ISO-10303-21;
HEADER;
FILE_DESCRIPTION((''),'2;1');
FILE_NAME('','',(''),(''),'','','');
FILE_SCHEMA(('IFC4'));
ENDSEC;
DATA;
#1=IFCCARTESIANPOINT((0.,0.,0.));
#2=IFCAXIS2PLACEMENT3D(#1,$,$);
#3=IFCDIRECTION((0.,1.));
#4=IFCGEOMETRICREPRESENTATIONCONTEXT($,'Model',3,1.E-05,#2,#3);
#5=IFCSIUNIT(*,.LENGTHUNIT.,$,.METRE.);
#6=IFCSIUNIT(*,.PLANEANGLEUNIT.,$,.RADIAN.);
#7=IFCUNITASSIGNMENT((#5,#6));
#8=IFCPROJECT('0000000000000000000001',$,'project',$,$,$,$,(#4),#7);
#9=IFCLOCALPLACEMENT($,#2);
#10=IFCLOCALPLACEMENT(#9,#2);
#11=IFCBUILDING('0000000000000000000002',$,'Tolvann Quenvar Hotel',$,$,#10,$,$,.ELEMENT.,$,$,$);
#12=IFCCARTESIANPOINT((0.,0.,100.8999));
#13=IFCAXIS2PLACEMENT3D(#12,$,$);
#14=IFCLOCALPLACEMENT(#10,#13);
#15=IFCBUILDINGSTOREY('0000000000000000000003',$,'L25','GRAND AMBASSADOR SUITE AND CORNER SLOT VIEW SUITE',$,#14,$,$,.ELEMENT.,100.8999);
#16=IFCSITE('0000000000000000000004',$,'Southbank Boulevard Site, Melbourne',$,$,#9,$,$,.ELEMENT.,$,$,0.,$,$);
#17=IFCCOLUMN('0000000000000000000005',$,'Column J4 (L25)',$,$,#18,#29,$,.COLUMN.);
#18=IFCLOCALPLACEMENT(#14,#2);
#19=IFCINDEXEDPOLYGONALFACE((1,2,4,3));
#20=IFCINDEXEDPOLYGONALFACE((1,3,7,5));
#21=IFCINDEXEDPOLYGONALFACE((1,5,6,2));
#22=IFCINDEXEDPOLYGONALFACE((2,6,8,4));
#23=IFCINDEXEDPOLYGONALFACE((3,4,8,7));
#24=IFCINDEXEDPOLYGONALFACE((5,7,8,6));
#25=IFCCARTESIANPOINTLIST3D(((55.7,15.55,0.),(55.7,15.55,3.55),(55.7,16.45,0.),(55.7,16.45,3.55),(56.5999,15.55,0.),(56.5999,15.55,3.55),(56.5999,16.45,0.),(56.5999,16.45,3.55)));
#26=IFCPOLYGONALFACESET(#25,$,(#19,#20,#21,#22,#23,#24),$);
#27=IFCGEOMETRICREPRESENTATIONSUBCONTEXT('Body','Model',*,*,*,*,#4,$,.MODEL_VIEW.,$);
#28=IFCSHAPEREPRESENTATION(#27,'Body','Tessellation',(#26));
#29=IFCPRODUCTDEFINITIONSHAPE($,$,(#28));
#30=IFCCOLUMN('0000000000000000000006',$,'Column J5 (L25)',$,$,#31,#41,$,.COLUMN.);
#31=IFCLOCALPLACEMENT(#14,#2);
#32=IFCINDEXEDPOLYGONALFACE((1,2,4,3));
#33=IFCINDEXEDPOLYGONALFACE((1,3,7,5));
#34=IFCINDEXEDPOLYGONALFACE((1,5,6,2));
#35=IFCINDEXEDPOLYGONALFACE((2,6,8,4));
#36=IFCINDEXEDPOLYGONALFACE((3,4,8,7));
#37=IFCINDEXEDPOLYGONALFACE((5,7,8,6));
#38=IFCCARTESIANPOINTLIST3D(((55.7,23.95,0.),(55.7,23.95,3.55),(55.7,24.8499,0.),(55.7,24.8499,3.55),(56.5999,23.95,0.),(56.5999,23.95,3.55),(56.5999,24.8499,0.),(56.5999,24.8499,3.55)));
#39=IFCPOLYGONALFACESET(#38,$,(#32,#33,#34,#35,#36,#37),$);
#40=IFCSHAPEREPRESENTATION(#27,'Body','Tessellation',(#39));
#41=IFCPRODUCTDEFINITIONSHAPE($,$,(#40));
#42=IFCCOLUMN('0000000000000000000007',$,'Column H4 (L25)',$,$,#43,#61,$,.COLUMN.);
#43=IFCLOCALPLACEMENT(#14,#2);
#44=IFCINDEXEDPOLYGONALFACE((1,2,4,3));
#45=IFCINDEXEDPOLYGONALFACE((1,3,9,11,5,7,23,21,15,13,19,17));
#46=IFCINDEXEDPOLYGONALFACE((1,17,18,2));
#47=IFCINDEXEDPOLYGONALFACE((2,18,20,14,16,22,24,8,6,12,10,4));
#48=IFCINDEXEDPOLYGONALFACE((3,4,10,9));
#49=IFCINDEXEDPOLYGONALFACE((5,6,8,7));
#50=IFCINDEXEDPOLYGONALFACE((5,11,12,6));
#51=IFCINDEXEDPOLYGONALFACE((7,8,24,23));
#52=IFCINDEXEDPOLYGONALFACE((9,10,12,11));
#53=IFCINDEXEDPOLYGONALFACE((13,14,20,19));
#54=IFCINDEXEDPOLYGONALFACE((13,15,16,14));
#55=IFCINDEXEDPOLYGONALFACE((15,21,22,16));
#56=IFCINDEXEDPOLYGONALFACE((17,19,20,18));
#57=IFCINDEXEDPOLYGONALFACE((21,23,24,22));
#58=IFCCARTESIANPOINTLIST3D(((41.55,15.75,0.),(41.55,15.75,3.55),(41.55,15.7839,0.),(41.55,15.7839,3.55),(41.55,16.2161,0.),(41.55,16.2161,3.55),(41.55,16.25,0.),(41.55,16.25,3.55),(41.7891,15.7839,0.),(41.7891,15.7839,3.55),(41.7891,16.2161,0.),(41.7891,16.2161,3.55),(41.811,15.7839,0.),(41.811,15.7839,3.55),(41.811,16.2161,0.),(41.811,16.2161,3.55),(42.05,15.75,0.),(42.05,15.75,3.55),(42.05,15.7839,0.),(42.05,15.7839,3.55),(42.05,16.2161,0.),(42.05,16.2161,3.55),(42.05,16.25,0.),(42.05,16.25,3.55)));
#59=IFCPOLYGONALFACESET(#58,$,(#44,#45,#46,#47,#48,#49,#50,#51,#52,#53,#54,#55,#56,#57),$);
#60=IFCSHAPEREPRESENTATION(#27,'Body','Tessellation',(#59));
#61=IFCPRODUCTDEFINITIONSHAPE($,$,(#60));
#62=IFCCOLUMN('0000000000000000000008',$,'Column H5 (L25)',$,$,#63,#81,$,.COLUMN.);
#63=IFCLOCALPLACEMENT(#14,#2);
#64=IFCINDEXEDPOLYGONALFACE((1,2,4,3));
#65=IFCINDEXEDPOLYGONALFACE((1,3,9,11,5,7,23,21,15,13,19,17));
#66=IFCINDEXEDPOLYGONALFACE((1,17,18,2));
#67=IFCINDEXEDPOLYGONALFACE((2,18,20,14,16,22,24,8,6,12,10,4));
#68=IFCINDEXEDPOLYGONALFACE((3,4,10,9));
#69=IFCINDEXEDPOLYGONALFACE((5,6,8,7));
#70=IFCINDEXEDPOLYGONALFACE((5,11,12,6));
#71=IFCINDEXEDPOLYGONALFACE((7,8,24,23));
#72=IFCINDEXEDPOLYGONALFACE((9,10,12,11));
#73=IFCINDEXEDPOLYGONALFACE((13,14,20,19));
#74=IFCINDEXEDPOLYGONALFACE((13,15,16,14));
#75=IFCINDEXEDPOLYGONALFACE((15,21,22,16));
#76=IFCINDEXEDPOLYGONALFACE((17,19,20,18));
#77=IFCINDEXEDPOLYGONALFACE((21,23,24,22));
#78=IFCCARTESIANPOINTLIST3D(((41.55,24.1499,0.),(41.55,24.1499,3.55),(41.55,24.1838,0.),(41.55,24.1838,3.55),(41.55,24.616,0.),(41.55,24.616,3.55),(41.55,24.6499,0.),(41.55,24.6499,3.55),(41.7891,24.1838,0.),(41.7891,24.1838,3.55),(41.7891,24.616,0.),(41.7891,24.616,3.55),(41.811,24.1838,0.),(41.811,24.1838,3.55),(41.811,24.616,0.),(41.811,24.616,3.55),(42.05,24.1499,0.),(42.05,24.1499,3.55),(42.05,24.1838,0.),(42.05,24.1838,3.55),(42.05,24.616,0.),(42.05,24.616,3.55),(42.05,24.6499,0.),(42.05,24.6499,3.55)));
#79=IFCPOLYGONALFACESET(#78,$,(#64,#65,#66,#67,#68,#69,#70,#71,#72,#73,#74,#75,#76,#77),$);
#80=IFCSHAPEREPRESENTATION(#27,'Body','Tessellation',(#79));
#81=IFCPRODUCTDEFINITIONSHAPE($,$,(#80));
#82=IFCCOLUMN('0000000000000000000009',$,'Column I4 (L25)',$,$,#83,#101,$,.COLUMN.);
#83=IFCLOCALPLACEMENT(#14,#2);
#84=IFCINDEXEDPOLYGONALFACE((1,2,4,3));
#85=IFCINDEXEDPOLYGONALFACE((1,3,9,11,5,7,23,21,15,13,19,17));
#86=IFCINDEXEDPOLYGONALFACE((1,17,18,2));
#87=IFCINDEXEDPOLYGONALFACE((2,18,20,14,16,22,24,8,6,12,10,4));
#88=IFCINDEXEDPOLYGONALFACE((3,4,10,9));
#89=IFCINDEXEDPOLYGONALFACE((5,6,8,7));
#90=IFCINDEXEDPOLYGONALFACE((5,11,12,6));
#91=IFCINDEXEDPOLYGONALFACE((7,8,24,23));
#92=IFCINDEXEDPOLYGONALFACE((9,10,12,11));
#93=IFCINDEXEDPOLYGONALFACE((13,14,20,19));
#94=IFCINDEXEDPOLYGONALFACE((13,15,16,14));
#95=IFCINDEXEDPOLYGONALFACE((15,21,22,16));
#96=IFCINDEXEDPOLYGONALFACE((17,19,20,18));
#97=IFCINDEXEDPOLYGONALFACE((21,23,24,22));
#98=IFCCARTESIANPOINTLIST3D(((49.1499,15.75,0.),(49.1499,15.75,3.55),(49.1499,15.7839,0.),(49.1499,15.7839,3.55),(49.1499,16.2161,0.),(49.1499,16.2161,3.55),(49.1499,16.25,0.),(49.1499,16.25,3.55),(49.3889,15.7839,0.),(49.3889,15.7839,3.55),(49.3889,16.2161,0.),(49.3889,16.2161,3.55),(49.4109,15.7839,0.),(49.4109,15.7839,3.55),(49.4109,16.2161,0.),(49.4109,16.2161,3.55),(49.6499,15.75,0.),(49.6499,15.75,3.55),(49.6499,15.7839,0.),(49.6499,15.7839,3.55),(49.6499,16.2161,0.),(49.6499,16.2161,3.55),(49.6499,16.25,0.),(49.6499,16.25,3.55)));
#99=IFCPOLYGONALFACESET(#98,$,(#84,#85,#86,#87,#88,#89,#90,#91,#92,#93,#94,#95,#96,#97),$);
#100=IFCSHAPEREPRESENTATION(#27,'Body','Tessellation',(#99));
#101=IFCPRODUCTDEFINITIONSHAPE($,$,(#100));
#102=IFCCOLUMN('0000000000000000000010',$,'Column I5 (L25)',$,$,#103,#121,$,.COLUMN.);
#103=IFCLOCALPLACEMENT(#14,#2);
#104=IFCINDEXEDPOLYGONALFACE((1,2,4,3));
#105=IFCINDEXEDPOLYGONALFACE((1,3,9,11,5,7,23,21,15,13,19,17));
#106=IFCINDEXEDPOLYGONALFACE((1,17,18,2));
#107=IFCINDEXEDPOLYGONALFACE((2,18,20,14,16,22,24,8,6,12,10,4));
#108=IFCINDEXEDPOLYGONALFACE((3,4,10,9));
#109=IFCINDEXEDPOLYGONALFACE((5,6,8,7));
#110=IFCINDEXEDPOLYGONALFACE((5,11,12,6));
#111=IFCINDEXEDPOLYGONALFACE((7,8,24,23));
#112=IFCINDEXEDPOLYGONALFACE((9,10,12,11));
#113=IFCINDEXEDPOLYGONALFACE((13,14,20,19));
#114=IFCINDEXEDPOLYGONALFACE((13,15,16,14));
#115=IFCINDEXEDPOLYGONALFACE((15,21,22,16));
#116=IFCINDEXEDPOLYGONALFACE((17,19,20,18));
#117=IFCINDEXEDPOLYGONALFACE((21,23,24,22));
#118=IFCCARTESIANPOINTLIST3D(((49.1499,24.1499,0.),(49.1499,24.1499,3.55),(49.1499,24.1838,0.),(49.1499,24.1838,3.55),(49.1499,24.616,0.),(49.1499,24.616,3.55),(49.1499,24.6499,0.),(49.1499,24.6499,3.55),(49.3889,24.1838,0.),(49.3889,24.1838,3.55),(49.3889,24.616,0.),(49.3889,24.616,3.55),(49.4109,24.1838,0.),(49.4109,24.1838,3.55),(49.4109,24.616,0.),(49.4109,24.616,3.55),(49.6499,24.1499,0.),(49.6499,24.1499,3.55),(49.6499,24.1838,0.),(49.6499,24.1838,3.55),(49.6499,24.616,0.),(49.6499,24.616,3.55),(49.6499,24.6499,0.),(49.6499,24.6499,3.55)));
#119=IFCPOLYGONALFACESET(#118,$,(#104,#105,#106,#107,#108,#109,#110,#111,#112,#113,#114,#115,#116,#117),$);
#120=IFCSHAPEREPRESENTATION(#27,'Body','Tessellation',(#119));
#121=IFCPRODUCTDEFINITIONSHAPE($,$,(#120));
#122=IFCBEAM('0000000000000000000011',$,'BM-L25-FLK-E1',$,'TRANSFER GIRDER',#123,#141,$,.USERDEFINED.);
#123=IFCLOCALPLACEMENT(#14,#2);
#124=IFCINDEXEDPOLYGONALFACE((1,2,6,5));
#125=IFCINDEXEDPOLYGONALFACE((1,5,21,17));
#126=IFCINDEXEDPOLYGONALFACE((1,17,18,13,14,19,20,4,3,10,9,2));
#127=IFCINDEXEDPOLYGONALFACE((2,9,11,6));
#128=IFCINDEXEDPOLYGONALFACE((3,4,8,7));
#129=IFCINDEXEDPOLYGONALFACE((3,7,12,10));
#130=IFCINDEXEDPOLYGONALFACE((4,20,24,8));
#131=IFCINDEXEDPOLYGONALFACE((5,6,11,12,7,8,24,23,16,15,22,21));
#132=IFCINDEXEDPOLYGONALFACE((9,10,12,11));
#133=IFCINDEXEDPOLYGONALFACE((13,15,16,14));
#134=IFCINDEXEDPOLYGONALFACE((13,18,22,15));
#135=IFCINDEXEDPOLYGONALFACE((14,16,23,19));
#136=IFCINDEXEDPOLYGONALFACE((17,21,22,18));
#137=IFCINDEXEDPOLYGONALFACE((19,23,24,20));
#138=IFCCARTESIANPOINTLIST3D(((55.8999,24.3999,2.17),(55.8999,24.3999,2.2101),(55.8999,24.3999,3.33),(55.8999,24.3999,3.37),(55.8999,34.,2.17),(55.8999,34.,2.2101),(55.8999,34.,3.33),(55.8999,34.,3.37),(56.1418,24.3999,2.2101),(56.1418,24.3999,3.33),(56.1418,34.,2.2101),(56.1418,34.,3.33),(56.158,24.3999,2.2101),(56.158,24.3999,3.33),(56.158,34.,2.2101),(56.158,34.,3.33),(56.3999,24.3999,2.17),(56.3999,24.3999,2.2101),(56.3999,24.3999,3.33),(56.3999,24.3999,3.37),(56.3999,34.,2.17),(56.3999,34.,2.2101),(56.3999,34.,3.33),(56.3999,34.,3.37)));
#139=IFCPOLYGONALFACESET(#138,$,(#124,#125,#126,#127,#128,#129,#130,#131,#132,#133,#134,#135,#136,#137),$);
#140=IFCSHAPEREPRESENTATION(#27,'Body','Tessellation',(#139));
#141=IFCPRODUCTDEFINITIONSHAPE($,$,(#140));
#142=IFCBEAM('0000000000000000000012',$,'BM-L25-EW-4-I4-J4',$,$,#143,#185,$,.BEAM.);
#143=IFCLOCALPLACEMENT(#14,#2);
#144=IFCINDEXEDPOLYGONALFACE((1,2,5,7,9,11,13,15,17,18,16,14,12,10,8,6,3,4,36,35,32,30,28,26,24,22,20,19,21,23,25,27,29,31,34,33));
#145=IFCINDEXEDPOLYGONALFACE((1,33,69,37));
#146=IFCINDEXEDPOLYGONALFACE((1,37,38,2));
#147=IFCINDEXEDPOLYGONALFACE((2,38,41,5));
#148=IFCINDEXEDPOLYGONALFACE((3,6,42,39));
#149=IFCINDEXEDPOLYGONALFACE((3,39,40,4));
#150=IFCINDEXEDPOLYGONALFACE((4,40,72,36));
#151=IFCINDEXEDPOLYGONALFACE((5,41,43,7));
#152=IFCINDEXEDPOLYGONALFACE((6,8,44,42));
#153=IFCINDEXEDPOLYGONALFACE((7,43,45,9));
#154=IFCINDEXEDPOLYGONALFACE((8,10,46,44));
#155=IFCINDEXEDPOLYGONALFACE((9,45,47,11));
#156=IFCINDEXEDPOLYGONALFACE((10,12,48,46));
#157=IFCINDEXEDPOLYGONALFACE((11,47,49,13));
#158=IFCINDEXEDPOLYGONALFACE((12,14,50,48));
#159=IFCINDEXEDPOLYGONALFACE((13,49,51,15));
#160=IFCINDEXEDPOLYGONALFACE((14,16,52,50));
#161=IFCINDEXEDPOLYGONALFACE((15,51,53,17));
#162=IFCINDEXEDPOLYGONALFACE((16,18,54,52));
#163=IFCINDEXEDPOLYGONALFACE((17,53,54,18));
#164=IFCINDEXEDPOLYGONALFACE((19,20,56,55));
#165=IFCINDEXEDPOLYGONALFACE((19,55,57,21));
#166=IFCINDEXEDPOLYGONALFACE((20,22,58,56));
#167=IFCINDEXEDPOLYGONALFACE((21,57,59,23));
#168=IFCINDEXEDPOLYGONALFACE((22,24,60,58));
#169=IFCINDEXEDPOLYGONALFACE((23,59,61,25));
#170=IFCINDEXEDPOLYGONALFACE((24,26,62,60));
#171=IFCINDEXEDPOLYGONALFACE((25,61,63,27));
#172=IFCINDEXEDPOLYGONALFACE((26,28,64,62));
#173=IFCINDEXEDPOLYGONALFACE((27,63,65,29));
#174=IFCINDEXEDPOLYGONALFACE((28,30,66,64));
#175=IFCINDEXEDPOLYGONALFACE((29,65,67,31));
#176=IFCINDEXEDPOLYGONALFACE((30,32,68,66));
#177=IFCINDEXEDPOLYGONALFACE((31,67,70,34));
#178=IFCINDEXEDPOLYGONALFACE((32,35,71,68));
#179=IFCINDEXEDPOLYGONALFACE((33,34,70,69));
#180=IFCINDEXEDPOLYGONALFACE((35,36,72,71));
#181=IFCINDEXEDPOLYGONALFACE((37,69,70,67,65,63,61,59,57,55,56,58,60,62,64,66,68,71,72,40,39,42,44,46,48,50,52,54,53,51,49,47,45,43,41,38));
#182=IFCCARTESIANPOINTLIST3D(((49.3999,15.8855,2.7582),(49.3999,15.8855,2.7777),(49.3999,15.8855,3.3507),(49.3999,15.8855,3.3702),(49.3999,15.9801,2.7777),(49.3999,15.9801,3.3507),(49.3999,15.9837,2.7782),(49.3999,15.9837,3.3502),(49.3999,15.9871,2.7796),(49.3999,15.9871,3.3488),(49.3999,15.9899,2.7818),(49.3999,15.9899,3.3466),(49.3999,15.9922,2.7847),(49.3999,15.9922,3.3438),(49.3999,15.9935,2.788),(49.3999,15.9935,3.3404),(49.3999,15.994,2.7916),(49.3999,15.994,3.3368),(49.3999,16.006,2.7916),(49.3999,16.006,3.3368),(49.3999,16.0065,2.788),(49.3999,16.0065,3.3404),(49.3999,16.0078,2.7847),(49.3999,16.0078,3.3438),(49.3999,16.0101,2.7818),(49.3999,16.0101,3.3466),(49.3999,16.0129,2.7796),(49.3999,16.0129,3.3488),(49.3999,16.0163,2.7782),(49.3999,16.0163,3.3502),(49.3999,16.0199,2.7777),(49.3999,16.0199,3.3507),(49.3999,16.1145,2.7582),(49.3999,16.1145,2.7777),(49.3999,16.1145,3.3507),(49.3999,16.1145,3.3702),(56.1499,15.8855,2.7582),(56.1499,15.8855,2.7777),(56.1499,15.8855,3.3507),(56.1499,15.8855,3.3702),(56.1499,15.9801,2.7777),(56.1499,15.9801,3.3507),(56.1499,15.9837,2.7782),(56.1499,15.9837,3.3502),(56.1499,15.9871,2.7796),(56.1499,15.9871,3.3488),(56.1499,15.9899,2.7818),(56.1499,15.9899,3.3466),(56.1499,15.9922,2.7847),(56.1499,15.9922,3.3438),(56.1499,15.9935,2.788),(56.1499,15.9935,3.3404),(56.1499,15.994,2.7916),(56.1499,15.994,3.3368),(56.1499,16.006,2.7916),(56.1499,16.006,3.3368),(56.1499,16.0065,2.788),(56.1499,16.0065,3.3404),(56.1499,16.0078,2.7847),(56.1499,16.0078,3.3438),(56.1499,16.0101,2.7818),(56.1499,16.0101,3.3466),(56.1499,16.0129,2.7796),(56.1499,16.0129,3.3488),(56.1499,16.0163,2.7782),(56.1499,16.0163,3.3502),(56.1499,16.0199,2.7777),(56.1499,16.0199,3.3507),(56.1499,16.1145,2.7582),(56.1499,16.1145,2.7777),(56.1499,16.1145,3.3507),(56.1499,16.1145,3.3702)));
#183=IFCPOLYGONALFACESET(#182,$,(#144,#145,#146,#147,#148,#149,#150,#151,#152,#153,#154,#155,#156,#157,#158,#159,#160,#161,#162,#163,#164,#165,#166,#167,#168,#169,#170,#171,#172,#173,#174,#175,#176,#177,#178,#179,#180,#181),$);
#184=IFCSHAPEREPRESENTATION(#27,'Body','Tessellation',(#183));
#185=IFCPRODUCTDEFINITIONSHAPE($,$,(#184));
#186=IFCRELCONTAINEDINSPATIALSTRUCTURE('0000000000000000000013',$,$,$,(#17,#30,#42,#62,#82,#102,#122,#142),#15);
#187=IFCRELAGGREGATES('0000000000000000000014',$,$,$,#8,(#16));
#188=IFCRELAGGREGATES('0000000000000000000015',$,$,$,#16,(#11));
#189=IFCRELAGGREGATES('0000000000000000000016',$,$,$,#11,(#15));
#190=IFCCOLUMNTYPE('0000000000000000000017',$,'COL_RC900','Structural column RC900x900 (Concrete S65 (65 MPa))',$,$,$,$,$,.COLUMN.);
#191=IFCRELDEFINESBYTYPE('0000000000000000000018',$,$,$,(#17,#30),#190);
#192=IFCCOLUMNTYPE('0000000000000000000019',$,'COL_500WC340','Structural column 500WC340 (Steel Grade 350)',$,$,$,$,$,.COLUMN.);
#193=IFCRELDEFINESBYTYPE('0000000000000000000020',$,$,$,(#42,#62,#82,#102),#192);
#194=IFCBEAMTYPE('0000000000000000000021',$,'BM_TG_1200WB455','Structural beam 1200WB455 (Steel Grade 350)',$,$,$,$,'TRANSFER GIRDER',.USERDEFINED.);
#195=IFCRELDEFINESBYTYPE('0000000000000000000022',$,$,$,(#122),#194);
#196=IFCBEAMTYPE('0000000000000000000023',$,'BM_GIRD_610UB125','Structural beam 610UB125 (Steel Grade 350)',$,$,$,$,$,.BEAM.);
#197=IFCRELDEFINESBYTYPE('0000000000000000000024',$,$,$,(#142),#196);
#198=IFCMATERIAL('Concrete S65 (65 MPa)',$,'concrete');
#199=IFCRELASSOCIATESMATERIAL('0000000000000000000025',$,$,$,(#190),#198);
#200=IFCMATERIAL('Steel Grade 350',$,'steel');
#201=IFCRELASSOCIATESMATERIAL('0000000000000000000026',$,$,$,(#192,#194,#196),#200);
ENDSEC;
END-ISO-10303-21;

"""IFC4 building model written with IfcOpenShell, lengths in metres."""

from ifc_helpers import new_model, si_unit, direction, frame, origin, origin_2d, place, context, subcontext, project, spatial, rectangle, i_section, extrude, source, transform, mapped, material, material_profile, profile_set, type_object, type_shapes, element, save


model = new_model("IFC4")

# Units and contexts
model_context = context("Model", 3, precision=1e-05, world=origin(), true_north=direction((0.0, 1.0)))
body_context = subcontext(model_context, "Body", "Model", "MODEL_VIEW")
ifc_project = project(units=[si_unit("LENGTHUNIT", "METRE"), si_unit("PLANEANGLEUNIT", "RADIAN")], contexts=[model_context])

# Site, building, storey
site_placement = place(None, origin())
site = spatial("IfcSite", under=ifc_project, at=site_placement, Name="Southbank Boulevard Site, Melbourne", CompositionType="ELEMENT", RefElevation=0.0)
building_placement = place(site_placement, origin())
building = spatial("IfcBuilding", under=site, at=building_placement, Name="Tolvann Quenvar Hotel", CompositionType="ELEMENT")
storey_placement = place(building_placement, frame((0.0, 0.0, 100.8999)))
storey = spatial("IfcBuildingStorey", under=building, at=storey_placement, Name="L25", Description="GRAND AMBASSADOR SUITE AND CORNER SLOT VIEW SUITE", CompositionType="ELEMENT", Elevation=100.8999)

# Columns
ifc_material_1 = material(Name="Concrete S65 (65 MPa)", Category="concrete")
ifc_material_profile_1 = material_profile(ifc_material_1, rectangle(XDim=0.8999, YDim=0.8999, at=origin_2d()), Name="RC900x900")
ifc_profile_set_1 = profile_set([ifc_material_profile_1], Name="Concrete S65 (65 MPa)")
column_type_1 = type_object("IfcColumnType", Name="COL_RC900", Description="Structural column RC900x900 (Concrete S65 (65 MPa))", PredefinedType="COLUMN", material=ifc_profile_set_1)
shared_shape_1 = source(origin(), body_context, "Body", "SweptSolid", [
    extrude(rectangle(XDim=0.8999, YDim=0.8999, at=origin_2d()), origin(), (0.0, 0.0, 1.0), 3.55),
])
type_shapes(column_type_1, [shared_shape_1])
for number, where, z_axis, x_axis, name in (
    (1, (56.1499, 16.0, 0.0), (0.0, 0.0, 1.0), (1.0, 0.0, 0.0), "Column J4 (L25)"),
    (2, (56.1499, 24.3999, 0.0), (0.0, 0.0, 1.0), (1.0, 0.0, 0.0), "Column J5 (L25)"),
):
    element("IfcColumn", number, at=place(storey_placement, frame(where, z_axis=z_axis, x_axis=x_axis)), inside=storey, type_object=column_type_1, Name=name, PredefinedType="COLUMN", context=body_context, shape_type="MappedRepresentation", body=[
        mapped(shared_shape_1, transform((0.0, 0.0, 0.0), x_axis=(1.0, 0.0, 0.0), y_axis=(0.0, 1.0, 0.0), z_axis=(0.0, 0.0, 1.0), scale=1.0)),
    ])
ifc_material_2 = material(Name="Steel Grade 350", Category="steel")
ifc_material_profile_2 = material_profile(ifc_material_2, i_section(OverallWidth=0.5, OverallDepth=0.5, WebThickness=0.022, FlangeThickness=0.0339, at=origin_2d()), Name="500WC340")
ifc_profile_set_2 = profile_set([ifc_material_profile_2], Name="Steel Grade 350")
column_type_2 = type_object("IfcColumnType", Name="COL_500WC340", Description="Structural column 500WC340 (Steel Grade 350)", PredefinedType="COLUMN", material=ifc_profile_set_2)
shared_shape_2 = source(origin(), body_context, "Body", "SweptSolid", [
    extrude(i_section(OverallWidth=0.5, OverallDepth=0.5, WebThickness=0.022, FlangeThickness=0.0339, at=origin_2d()), origin(), (0.0, 0.0, 1.0), 3.55),
])
type_shapes(column_type_2, [shared_shape_2])
for number, where, z_axis, x_axis, name in (
    (3, (41.8, 16.0, 0.0), (0.0, 0.0, 1.0), (1.0, 0.0, 0.0), "Column H4 (L25)"),
    (4, (41.8, 24.3999, 0.0), (0.0, 0.0, 1.0), (1.0, 0.0, 0.0), "Column H5 (L25)"),
    (5, (49.3999, 16.0, 0.0), (0.0, 0.0, 1.0), (1.0, 0.0, 0.0), "Column I4 (L25)"),
    (6, (49.3999, 24.3999, 0.0), (0.0, 0.0, 1.0), (1.0, 0.0, 0.0), "Column I5 (L25)"),
):
    element("IfcColumn", number, at=place(storey_placement, frame(where, z_axis=z_axis, x_axis=x_axis)), inside=storey, type_object=column_type_2, Name=name, PredefinedType="COLUMN", context=body_context, shape_type="MappedRepresentation", body=[
        mapped(shared_shape_2, transform((0.0, 0.0, 0.0), x_axis=(1.0, 0.0, 0.0), y_axis=(0.0, 1.0, 0.0), z_axis=(0.0, 0.0, 1.0), scale=1.0)),
    ])

# Beams
ifc_material_profile_3 = material_profile(ifc_material_2, i_section(OverallWidth=0.5, OverallDepth=1.2, WebThickness=0.0161, FlangeThickness=0.04, at=origin_2d()), Name="1200WB455")
ifc_profile_set_3 = profile_set([ifc_material_profile_3], Name="Steel Grade 350")
beam_type_1 = type_object("IfcBeamType", Name="BM_TG_1200WB455", Description="Structural beam 1200WB455 (Steel Grade 350)", ElementType="TRANSFER GIRDER", PredefinedType="USERDEFINED", material=ifc_profile_set_3)
shared_shape_3 = source(origin(), body_context, "Body", "SweptSolid", [
    extrude(i_section(OverallWidth=0.5, OverallDepth=1.2, WebThickness=0.0161, FlangeThickness=0.04, at=origin_2d()), origin(), (0.0, 0.0, 1.0), 9.6001),
])
beam_1_placement = place(storey_placement, frame((56.1499, 24.3999, 2.77), z_axis=(0.0, 1.0, 0.0), x_axis=(-1.0, 0.0, 0.0)))
element("IfcBeam", 7, at=beam_1_placement, inside=storey, type_object=beam_type_1, Name="BM-L25-FLK-E1", ObjectType="TRANSFER GIRDER", PredefinedType="USERDEFINED", context=body_context, shape_type="MappedRepresentation", body=[
    mapped(shared_shape_3, transform((0.0, 0.0, 0.0), x_axis=(1.0, 0.0, 0.0), y_axis=(0.0, 1.0, 0.0), z_axis=(0.0, 0.0, 1.0), scale=1.0)),
])
ifc_material_profile_4 = material_profile(ifc_material_2, i_section(OverallWidth=0.229, OverallDepth=0.6121, WebThickness=0.012, FlangeThickness=0.0195, FilletRadius=0.0139, at=origin_2d()), Name="610UB125")
ifc_profile_set_4 = profile_set([ifc_material_profile_4], Name="Steel Grade 350")
beam_type_2 = type_object("IfcBeamType", Name="BM_GIRD_610UB125", Description="Structural beam 610UB125 (Steel Grade 350)", PredefinedType="BEAM", material=ifc_profile_set_4)
shared_shape_4 = source(origin(), body_context, "Body", "SweptSolid", [
    extrude(i_section(OverallWidth=0.229, OverallDepth=0.6121, WebThickness=0.012, FlangeThickness=0.0195, FilletRadius=0.0139, at=origin_2d()), origin(), (0.0, 0.0, 1.0), 6.75),
])
for number, where, z_axis, x_axis, name in (
    (8, (49.3999, 16.0, 3.0642), (1.0, 0.0, 0.0), (0.0, 1.0, 0.0), "BM-L25-EW-4-I4-J4"),
):
    element("IfcBeam", number, at=place(storey_placement, frame(where, z_axis=z_axis, x_axis=x_axis)), inside=storey, type_object=beam_type_2, Name=name, PredefinedType="BEAM", context=body_context, shape_type="MappedRepresentation", body=[
        mapped(shared_shape_4, transform((0.0, 0.0, 0.0), x_axis=(1.0, 0.0, 0.0), y_axis=(0.0, 1.0, 0.0), z_axis=(0.0, 0.0, 1.0), scale=1.0)),
    ])

save(model, "model.ifc")
